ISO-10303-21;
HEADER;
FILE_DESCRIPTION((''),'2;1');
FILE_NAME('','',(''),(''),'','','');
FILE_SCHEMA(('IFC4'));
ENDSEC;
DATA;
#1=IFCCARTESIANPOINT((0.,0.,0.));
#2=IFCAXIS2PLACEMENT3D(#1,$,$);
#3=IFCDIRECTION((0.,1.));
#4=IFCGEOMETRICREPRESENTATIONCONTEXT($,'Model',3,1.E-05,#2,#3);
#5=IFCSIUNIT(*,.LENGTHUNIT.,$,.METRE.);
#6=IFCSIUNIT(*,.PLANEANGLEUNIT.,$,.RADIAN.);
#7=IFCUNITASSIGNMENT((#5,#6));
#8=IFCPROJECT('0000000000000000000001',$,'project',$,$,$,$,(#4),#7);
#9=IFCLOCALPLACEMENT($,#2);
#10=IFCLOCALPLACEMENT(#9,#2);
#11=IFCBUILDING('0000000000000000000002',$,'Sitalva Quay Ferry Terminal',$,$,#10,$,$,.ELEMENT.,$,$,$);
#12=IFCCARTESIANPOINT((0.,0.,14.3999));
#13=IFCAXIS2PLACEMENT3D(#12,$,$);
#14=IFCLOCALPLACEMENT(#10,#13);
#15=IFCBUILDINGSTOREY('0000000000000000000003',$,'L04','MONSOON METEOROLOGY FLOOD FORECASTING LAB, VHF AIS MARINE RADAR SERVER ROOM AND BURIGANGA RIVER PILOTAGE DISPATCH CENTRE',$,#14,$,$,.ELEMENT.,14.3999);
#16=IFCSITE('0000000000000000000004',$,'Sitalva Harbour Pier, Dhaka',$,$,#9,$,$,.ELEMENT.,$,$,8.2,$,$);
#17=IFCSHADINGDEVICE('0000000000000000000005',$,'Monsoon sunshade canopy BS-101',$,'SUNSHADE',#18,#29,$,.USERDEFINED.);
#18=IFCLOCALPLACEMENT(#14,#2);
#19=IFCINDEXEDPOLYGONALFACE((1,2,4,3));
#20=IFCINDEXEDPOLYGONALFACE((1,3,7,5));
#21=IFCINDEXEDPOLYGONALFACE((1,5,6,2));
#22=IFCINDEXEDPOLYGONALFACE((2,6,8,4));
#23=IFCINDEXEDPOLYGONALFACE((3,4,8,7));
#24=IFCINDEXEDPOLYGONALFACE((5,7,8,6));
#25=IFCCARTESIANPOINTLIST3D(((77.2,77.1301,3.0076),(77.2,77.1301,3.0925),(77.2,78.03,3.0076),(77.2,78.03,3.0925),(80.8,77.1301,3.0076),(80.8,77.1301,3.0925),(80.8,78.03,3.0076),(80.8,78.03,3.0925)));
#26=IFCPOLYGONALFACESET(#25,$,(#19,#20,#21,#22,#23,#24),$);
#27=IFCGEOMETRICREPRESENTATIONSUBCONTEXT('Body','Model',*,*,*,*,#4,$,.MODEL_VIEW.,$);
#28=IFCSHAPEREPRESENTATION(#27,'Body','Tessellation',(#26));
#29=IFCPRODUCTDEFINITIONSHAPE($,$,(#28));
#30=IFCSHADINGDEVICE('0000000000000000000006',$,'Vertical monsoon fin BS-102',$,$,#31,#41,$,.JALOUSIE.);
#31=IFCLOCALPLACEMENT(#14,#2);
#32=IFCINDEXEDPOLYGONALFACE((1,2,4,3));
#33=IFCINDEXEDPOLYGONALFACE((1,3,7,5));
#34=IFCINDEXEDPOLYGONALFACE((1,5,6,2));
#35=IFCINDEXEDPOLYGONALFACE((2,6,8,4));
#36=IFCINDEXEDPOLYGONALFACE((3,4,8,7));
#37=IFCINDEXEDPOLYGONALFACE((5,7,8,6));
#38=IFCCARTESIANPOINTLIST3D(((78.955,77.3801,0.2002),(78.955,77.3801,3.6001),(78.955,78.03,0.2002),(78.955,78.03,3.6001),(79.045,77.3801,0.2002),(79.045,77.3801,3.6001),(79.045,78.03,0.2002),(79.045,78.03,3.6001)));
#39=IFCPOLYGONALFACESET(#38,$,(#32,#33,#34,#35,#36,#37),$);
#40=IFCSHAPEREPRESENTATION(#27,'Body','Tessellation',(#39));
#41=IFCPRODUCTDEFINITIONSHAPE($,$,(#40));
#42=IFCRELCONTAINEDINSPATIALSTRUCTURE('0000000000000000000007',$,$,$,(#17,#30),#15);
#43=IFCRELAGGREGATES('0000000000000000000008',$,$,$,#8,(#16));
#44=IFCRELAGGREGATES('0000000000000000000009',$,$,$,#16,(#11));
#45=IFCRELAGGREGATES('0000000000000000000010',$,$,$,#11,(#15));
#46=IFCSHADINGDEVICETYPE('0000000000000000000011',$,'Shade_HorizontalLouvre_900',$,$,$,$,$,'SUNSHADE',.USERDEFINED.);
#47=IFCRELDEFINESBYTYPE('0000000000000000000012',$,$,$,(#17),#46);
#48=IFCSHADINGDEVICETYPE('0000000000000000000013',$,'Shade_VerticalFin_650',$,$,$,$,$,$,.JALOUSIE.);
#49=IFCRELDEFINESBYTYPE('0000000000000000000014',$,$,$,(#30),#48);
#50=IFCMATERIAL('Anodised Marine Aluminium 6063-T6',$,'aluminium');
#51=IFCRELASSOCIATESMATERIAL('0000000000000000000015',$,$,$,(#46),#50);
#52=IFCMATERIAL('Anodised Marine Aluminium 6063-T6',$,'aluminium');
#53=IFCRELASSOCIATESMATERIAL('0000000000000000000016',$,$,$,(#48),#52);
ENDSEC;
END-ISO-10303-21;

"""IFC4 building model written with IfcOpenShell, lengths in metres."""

from ifc_helpers import new_model, si_unit, direction, frame, origin, origin_2d, place, context, subcontext, project, spatial, rectangle, extrude, material, type_object, element, save


model = new_model("IFC4")

# Units and contexts
model_context = context("Model", 3, precision=1e-05, world=origin(), true_north=direction((0.0, 1.0)))
body_context = subcontext(model_context, "Body", "Model", "MODEL_VIEW")
ifc_project = project(units=[si_unit("LENGTHUNIT", "METRE"), si_unit("PLANEANGLEUNIT", "RADIAN")], contexts=[model_context])

# Site, building, storey
site_placement = place(None, origin())
site = spatial("IfcSite", under=ifc_project, at=site_placement, Name="Sitalva Harbour Pier, Dhaka", CompositionType="ELEMENT", RefElevation=8.2)
building_placement = place(site_placement, origin())
building = spatial("IfcBuilding", under=site, at=building_placement, Name="Sitalva Quay Ferry Terminal", CompositionType="ELEMENT")
storey_placement = place(building_placement, frame((0.0, 0.0, 14.3999)))
storey = spatial("IfcBuildingStorey", under=building, at=storey_placement, Name="L04", Description="MONSOON METEOROLOGY FLOOD FORECASTING LAB, VHF AIS MARINE RADAR SERVER ROOM AND BURIGANGA RIVER PILOTAGE DISPATCH CENTRE", CompositionType="ELEMENT", Elevation=14.3999)

# Shading devices
ifc_material_1 = material(Name="Anodised Marine Aluminium 6063-T6", Category="aluminium")
shading_device_type_1 = type_object("IfcShadingDeviceType", Name="Shade_HorizontalLouvre_900", ElementType="SUNSHADE", PredefinedType="USERDEFINED", material=ifc_material_1)
shading_device_1_placement = place(storey_placement, frame((79.0, 77.5801, 3.0076), z_axis=(0.0, 0.0, 1.0), x_axis=(1.0, 0.0, 0.0)))
element("IfcShadingDevice", 1, at=shading_device_1_placement, inside=storey, type_object=shading_device_type_1, Name="Monsoon sunshade canopy BS-101", ObjectType="SUNSHADE", PredefinedType="USERDEFINED", context=body_context, shape_type="SweptSolid", body=[
    extrude(rectangle(XDim=3.6001, YDim=0.8999, at=origin_2d()), origin(), (0.0, 0.0, 1.0), 0.085),
])
ifc_material_2 = material(Name="Anodised Marine Aluminium 6063-T6", Category="aluminium")
shading_device_type_2 = type_object("IfcShadingDeviceType", Name="Shade_VerticalFin_650", PredefinedType="JALOUSIE", material=ifc_material_2)
shading_device_2_placement = place(storey_placement, frame((79.0, 77.7051, 0.2002), z_axis=(0.0, 0.0, 1.0), x_axis=(1.0, 0.0, 0.0)))
element("IfcShadingDevice", 2, at=shading_device_2_placement, inside=storey, type_object=shading_device_type_2, Name="Vertical monsoon fin BS-102", PredefinedType="JALOUSIE", context=body_context, shape_type="SweptSolid", body=[
    extrude(rectangle(XDim=0.0901, YDim=0.6499, at=origin_2d()), origin(), (0.0, 0.0, 1.0), 3.3999),
])

save(model, "model.ifc")
